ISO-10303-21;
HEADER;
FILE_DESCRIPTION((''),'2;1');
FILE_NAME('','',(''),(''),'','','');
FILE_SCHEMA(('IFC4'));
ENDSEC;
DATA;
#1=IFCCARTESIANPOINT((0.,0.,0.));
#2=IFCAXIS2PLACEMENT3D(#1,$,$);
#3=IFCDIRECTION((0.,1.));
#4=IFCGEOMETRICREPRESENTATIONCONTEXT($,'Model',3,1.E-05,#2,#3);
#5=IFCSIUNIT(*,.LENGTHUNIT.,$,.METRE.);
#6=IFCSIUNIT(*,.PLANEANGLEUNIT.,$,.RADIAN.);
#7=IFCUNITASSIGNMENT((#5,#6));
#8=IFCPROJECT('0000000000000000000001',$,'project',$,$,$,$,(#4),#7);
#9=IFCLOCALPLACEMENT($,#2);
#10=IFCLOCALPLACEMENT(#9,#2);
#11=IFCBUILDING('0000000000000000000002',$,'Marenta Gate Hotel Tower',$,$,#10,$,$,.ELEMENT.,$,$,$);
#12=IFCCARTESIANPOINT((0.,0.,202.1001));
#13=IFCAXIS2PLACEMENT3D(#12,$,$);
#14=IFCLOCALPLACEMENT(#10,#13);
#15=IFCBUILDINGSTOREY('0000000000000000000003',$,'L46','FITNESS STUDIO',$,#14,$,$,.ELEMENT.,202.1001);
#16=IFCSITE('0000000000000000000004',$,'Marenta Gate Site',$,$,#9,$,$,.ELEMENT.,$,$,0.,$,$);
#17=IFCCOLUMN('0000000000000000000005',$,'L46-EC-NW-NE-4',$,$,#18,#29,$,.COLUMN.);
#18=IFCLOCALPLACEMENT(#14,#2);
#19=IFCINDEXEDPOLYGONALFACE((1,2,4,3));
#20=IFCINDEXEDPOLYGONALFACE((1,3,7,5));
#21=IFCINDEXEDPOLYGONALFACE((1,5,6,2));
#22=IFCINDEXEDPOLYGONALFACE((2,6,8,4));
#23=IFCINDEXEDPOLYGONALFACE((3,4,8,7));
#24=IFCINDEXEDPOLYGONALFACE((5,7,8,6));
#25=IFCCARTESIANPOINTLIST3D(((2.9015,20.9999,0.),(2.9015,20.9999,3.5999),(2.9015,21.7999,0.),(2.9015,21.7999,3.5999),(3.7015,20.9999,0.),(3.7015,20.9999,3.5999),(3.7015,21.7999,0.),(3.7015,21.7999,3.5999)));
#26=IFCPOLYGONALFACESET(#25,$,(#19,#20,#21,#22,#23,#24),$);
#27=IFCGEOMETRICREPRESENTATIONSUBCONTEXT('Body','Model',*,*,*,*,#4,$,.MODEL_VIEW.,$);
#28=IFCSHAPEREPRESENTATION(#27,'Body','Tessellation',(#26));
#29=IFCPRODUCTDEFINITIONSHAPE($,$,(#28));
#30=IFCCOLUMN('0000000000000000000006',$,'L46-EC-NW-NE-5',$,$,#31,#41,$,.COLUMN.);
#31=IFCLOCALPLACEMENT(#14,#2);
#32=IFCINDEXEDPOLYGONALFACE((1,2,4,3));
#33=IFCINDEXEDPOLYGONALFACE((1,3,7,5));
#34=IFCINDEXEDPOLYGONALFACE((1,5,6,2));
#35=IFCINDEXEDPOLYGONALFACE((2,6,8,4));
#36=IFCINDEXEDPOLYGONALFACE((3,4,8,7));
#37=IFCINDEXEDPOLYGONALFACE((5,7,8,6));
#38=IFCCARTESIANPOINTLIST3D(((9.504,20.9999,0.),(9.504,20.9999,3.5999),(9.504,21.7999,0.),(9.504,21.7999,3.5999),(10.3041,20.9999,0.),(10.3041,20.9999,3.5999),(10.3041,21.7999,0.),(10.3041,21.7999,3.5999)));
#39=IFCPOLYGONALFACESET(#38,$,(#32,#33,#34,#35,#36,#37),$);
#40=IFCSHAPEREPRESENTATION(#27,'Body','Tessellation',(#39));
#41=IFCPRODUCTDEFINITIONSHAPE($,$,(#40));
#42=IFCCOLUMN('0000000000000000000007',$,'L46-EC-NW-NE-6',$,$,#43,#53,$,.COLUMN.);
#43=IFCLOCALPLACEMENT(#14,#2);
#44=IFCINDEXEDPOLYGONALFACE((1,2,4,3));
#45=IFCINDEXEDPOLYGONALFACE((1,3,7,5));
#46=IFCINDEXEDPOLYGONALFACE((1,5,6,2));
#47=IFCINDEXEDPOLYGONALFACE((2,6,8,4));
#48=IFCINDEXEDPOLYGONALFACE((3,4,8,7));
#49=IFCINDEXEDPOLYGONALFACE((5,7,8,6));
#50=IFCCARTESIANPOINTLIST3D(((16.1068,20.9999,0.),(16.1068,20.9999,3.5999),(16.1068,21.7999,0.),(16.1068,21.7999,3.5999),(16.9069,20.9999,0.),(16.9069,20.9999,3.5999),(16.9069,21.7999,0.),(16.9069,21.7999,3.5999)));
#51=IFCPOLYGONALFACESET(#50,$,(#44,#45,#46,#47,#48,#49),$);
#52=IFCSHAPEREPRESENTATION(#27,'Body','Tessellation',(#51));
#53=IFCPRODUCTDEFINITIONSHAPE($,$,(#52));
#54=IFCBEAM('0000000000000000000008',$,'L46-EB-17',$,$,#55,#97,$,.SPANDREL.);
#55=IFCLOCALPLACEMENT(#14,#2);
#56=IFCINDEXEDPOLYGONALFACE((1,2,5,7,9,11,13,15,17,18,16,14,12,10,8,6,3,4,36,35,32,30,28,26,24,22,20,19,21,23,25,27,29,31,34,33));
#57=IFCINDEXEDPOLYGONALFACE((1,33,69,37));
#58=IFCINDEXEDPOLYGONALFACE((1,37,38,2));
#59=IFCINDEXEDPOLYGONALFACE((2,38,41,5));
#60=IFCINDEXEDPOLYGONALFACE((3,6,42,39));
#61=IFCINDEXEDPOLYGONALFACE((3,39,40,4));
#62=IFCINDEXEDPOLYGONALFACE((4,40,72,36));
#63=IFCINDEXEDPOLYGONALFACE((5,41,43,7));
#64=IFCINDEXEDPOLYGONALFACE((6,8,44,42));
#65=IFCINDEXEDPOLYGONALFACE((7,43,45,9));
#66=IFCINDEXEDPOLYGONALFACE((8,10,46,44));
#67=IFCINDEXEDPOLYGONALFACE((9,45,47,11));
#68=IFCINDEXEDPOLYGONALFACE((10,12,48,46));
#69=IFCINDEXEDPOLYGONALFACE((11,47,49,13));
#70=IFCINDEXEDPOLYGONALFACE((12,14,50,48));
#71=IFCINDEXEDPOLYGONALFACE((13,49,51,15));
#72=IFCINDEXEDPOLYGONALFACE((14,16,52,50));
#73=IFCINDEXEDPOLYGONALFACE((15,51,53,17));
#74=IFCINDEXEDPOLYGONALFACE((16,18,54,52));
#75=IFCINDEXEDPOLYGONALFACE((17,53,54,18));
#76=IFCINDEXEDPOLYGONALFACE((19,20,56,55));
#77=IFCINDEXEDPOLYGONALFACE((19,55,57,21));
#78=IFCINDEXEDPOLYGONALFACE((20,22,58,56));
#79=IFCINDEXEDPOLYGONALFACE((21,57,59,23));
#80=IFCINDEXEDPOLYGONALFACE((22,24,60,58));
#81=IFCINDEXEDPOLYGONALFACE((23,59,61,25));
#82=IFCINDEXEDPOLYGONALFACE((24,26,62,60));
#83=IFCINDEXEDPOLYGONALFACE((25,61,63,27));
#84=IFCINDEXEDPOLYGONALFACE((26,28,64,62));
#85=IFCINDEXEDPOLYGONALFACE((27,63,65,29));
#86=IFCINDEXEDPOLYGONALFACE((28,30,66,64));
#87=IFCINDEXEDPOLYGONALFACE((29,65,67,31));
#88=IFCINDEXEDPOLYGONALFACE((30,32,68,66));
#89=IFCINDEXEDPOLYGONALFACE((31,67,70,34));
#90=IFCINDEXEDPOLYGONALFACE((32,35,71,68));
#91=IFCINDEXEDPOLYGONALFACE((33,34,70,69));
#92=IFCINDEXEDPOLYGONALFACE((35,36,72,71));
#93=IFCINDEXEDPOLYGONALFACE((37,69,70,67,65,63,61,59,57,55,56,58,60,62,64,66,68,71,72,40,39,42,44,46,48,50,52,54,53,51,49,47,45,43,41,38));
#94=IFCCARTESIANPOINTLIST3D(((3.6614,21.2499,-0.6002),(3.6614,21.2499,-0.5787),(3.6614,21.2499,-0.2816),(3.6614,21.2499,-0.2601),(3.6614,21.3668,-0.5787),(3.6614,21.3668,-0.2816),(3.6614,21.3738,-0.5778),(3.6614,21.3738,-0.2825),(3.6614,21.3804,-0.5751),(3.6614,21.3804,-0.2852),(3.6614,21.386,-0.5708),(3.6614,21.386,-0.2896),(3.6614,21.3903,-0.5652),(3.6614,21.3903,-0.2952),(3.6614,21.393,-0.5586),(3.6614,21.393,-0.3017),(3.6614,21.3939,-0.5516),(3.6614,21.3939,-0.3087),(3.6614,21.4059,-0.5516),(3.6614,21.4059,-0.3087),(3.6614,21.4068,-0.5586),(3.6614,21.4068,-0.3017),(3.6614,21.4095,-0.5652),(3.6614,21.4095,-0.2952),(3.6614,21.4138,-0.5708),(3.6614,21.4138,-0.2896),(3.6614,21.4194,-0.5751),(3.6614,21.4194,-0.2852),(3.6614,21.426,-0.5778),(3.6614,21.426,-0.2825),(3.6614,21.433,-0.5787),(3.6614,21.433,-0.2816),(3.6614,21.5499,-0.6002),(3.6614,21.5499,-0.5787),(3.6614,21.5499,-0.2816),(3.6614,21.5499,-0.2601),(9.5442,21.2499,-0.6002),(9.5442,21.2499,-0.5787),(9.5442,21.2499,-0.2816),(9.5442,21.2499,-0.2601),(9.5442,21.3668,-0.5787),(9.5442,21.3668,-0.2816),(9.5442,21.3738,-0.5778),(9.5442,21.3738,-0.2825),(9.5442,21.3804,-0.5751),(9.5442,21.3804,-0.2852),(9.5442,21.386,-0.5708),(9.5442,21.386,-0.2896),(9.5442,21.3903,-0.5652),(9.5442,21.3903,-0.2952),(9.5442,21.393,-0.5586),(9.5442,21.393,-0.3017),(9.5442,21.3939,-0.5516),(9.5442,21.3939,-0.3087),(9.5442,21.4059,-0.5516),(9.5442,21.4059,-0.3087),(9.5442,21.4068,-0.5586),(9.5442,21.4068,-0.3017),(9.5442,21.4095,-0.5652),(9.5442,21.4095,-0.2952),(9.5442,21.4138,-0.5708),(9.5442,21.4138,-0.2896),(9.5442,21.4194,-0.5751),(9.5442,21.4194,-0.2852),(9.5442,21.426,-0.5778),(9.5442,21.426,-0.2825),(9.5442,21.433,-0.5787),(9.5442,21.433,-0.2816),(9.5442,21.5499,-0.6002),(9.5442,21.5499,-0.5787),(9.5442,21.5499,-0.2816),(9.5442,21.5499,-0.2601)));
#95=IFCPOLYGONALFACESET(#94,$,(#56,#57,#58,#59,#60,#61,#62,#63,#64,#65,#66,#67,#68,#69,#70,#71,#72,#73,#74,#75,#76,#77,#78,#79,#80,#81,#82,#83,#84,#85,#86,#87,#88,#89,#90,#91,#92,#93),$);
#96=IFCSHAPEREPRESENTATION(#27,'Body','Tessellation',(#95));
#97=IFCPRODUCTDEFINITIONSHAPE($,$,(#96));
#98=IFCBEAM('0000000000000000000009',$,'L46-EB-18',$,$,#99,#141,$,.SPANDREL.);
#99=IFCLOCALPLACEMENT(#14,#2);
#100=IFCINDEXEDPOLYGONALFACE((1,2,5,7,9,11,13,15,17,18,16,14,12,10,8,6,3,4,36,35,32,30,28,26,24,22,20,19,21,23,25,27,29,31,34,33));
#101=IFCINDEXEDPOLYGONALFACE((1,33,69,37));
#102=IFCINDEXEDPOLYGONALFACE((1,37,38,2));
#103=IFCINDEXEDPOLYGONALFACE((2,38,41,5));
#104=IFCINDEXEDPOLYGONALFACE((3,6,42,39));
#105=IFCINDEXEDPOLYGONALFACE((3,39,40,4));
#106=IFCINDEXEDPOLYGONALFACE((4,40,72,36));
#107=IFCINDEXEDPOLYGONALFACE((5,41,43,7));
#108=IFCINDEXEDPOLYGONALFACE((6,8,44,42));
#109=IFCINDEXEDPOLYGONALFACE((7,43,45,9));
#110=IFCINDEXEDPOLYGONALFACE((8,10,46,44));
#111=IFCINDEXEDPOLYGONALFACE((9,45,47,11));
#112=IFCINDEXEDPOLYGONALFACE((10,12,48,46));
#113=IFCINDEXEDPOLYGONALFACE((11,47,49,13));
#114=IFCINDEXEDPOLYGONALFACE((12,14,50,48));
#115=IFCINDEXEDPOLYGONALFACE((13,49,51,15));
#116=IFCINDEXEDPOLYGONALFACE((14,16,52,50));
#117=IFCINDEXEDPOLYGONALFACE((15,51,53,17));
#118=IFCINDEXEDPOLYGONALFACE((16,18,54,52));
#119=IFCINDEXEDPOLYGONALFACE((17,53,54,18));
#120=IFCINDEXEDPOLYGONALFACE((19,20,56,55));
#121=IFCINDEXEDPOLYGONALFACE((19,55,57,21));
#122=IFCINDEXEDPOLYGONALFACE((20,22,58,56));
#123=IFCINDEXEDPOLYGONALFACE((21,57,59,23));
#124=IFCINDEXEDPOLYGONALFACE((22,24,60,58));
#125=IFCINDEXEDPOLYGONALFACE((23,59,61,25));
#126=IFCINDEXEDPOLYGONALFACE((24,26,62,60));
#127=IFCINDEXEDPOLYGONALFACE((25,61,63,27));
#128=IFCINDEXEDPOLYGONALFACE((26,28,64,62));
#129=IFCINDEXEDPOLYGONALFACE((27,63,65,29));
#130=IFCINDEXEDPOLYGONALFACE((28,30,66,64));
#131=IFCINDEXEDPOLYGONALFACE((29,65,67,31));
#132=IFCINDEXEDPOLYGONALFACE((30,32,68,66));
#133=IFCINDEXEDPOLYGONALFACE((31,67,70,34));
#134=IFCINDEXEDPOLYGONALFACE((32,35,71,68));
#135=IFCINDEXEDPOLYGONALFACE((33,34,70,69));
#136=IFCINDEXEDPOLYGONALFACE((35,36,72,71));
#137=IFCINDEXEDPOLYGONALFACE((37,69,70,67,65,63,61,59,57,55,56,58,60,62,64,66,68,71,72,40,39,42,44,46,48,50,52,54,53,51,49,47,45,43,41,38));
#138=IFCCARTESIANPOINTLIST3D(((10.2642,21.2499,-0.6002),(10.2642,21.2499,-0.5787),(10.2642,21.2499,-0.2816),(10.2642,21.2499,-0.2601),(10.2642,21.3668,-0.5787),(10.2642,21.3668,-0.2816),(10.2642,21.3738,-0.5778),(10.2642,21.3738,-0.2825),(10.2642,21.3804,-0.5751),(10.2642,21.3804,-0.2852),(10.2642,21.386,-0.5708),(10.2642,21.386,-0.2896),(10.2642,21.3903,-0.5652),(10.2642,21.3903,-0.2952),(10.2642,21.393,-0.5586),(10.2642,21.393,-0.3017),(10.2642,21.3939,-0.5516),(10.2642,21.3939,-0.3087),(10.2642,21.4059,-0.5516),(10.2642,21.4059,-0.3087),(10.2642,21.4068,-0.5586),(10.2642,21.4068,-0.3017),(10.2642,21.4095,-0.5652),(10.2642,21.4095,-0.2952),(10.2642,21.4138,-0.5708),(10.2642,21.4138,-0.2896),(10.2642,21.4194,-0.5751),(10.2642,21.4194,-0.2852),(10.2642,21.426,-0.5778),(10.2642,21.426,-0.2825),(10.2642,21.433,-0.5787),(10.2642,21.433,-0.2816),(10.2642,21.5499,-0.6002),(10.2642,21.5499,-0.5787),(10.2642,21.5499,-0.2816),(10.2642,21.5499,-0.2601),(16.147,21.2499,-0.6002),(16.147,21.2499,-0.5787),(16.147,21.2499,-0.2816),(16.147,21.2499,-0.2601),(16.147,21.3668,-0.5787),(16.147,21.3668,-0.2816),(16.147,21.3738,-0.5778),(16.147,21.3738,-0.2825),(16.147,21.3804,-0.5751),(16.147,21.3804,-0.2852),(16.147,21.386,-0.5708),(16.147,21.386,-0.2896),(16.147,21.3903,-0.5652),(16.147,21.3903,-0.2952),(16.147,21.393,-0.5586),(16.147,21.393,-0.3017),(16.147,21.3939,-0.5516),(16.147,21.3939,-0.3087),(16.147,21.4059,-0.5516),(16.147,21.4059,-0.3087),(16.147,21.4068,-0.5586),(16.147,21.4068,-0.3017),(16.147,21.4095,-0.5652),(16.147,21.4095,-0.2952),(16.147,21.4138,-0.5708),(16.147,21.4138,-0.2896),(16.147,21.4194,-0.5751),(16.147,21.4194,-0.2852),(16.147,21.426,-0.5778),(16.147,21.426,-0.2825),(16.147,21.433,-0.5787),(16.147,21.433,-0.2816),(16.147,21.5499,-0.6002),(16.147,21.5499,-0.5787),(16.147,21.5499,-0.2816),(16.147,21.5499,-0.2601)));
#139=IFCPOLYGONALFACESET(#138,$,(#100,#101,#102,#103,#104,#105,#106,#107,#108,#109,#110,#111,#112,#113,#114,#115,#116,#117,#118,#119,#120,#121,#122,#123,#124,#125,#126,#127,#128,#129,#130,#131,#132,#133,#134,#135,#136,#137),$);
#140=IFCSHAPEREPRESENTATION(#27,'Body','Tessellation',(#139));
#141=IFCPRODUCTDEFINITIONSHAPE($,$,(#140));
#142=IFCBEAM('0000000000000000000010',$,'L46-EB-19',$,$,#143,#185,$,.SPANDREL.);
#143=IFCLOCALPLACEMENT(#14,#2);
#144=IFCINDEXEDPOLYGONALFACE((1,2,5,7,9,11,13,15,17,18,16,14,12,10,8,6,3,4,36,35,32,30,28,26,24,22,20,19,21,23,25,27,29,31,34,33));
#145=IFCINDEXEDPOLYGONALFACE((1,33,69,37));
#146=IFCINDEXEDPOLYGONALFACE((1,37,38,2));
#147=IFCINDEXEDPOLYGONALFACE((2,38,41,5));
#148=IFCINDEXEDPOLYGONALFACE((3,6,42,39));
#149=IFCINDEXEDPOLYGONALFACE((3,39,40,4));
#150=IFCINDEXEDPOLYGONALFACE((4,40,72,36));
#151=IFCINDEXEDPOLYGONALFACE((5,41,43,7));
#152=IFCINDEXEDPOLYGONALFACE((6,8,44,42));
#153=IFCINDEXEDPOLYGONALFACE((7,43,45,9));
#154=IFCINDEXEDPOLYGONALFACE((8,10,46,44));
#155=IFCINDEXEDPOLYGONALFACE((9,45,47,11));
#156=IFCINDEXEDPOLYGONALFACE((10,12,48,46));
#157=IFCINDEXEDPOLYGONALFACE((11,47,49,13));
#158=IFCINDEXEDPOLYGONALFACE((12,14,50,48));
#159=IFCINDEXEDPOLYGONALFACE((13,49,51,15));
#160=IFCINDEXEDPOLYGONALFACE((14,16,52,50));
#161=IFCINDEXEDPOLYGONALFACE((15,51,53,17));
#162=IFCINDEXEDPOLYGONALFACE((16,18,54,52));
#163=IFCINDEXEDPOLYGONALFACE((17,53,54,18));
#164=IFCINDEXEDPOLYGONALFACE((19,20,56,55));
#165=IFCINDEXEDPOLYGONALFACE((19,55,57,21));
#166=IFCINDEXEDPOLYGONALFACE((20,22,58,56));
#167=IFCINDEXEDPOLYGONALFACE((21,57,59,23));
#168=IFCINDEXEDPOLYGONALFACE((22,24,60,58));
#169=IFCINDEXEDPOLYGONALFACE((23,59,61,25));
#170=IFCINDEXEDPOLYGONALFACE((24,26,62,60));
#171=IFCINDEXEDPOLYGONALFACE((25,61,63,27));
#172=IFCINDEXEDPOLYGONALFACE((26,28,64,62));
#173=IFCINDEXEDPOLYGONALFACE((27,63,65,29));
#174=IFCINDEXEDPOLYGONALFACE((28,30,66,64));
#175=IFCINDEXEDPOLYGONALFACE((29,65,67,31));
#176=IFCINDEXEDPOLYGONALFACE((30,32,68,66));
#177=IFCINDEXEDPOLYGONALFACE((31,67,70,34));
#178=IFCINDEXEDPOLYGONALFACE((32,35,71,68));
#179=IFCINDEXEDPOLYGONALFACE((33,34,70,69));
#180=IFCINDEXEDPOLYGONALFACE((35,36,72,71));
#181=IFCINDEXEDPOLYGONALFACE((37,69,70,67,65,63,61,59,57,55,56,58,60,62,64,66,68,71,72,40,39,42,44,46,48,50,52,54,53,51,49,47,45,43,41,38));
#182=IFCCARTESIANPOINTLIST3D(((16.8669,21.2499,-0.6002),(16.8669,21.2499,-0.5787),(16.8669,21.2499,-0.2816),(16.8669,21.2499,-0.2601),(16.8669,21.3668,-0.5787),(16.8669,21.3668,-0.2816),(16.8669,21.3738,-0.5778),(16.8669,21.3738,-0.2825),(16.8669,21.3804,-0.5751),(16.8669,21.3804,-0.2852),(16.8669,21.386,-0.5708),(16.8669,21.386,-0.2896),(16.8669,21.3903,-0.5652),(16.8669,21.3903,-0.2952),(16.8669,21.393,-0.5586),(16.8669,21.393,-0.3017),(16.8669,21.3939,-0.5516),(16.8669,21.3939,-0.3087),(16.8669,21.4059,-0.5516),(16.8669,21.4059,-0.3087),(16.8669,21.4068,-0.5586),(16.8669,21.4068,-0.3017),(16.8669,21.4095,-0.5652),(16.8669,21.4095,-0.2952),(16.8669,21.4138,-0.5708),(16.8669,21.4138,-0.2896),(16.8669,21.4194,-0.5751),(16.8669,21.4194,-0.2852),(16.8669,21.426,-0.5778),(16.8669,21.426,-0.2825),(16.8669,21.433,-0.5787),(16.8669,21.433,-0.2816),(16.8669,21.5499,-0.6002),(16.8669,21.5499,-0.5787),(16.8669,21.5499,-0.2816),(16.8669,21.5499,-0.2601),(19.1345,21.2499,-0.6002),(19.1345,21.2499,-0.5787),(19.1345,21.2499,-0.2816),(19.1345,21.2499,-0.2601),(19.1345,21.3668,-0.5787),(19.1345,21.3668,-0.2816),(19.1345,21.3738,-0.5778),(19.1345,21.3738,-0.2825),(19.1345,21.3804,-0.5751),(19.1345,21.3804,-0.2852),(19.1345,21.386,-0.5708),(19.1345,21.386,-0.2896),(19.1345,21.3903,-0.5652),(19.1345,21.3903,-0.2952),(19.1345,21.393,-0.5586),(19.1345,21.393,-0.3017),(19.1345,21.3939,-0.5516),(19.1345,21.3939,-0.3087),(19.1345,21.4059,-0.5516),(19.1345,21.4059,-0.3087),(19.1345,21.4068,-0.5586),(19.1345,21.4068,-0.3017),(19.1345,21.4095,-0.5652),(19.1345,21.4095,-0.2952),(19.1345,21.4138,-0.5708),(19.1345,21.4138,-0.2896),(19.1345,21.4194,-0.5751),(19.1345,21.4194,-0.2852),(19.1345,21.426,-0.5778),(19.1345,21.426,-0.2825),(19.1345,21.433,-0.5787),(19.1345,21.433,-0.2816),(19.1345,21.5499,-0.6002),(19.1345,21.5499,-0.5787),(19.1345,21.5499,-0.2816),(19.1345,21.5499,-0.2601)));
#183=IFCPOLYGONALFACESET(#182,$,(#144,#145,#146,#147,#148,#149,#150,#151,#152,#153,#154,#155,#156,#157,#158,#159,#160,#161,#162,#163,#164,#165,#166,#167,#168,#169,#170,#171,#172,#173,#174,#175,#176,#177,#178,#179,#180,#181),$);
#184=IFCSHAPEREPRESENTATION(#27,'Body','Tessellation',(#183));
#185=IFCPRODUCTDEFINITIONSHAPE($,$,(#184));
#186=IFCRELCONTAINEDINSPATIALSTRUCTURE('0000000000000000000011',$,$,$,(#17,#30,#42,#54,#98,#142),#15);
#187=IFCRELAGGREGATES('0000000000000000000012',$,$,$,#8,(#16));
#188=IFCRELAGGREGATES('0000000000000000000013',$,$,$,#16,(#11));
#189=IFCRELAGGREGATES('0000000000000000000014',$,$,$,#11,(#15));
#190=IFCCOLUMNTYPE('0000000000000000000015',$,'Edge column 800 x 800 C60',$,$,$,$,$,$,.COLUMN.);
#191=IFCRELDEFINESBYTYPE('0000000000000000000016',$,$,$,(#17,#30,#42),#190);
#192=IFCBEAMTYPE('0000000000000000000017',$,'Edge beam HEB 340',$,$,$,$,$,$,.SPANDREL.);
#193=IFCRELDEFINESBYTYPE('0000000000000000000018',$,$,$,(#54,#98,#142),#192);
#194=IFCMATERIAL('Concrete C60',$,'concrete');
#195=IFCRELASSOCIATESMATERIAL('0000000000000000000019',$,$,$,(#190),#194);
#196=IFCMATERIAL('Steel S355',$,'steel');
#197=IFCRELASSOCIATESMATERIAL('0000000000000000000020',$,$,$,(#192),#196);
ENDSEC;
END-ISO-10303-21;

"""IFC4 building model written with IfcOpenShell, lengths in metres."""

from ifc_helpers import new_model, si_unit, direction, frame, origin, origin_2d, place, context, subcontext, project, spatial, rectangle, i_section, extrude, material, material_profile, profile_set, type_object, element, save


model = new_model("IFC4")

# Units and contexts
model_context = context("Model", 3, precision=1e-05, world=origin(), true_north=direction((0.0, 1.0)))
body_context = subcontext(model_context, "Body", "Model", "MODEL_VIEW")
ifc_project = project(units=[si_unit("LENGTHUNIT", "METRE"), si_unit("PLANEANGLEUNIT", "RADIAN")], contexts=[model_context])

# Site, building, storey
site_placement = place(None, origin())
site = spatial("IfcSite", under=ifc_project, at=site_placement, Name="Marenta Gate Site", CompositionType="ELEMENT", RefElevation=0.0)
building_placement = place(site_placement, origin())
building = spatial("IfcBuilding", under=site, at=building_placement, Name="Marenta Gate Hotel Tower", CompositionType="ELEMENT")
storey_placement = place(building_placement, frame((0.0, 0.0, 202.1001)))
storey = spatial("IfcBuildingStorey", under=building, at=storey_placement, Name="L46", Description="FITNESS STUDIO", CompositionType="ELEMENT", Elevation=202.1001)

# Columns
ifc_material_1 = material(Name="Concrete C60", Category="concrete")
ifc_material_profile_1 = material_profile(ifc_material_1, rectangle(XDim=0.8, YDim=0.8, at=origin_2d()), Name="800 x 800")
ifc_profile_set_1 = profile_set([ifc_material_profile_1], Name="Concrete C60")
column_type = type_object("IfcColumnType", Name="Edge column 800 x 800 C60", PredefinedType="COLUMN", material=ifc_profile_set_1)
for number, where, z_axis, x_axis, name in (
    (1, (3.3015, 21.3999, 0.0), (0.0, 0.0, 1.0), (1.0, 0.0, 0.0), "L46-EC-NW-NE-4"),
    (2, (9.9041, 21.3999, 0.0), (0.0, 0.0, 1.0), (1.0, 0.0, 0.0), "L46-EC-NW-NE-5"),
    (3, (16.5068, 21.3999, 0.0), (0.0, 0.0, 1.0), (1.0, 0.0, 0.0), "L46-EC-NW-NE-6"),
):
    element("IfcColumn", number, at=place(storey_placement, frame(where, z_axis=z_axis, x_axis=x_axis)), inside=storey, type_object=column_type, Name=name, PredefinedType="COLUMN", context=body_context, shape_type="SweptSolid", body=[
        extrude(rectangle(XDim=0.8, YDim=0.8, at=origin_2d()), origin(), (0.0, 0.0, 1.0), 3.5999),
    ])

# Beams
ifc_material_2 = material(Name="Steel S355", Category="steel")
ifc_material_profile_2 = material_profile(ifc_material_2, i_section(OverallWidth=0.3, OverallDepth=0.3401, WebThickness=0.012, FlangeThickness=0.0215, FilletRadius=0.0271, at=origin_2d()), Name="HEB 340")
ifc_profile_set_2 = profile_set([ifc_material_profile_2], Name="Steel S355")
beam_type_1 = type_object("IfcBeamType", Name="Edge beam HEB 340", PredefinedType="SPANDREL", material=ifc_profile_set_2)
for number, where, z_axis, x_axis, name in (
    (4, (3.6614, 21.3999, -0.4302), (1.0, 0.0, 0.0), (0.0, 1.0, 0.0), "L46-EB-17"),
    (5, (10.2642, 21.3999, -0.4302), (1.0, 0.0, 0.0), (0.0, 1.0, 0.0), "L46-EB-18"),
):
    element("IfcBeam", number, at=place(storey_placement, frame(where, z_axis=z_axis, x_axis=x_axis)), inside=storey, type_object=beam_type_1, Name=name, PredefinedType="SPANDREL", context=body_context, shape_type="SweptSolid", body=[
        extrude(i_section(OverallWidth=0.3, OverallDepth=0.3401, WebThickness=0.012, FlangeThickness=0.0215, FilletRadius=0.0271, at=origin_2d()), origin(), (0.0, 0.0, 1.0), 5.8828),
    ])
beam_1_placement = place(storey_placement, frame((16.8669, 21.3999, -0.4302), z_axis=(1.0, 0.0, 0.0), x_axis=(0.0, 1.0, 0.0)))
element("IfcBeam", 6, at=beam_1_placement, inside=storey, type_object=beam_type_1, Name="L46-EB-19", PredefinedType="SPANDREL", context=body_context, shape_type="SweptSolid", body=[
    extrude(i_section(OverallWidth=0.3, OverallDepth=0.3401, WebThickness=0.012, FlangeThickness=0.0215, FilletRadius=0.0271, at=origin_2d()), origin(), (0.0, 0.0, 1.0), 2.2676),
])

save(model, "model.ifc")
